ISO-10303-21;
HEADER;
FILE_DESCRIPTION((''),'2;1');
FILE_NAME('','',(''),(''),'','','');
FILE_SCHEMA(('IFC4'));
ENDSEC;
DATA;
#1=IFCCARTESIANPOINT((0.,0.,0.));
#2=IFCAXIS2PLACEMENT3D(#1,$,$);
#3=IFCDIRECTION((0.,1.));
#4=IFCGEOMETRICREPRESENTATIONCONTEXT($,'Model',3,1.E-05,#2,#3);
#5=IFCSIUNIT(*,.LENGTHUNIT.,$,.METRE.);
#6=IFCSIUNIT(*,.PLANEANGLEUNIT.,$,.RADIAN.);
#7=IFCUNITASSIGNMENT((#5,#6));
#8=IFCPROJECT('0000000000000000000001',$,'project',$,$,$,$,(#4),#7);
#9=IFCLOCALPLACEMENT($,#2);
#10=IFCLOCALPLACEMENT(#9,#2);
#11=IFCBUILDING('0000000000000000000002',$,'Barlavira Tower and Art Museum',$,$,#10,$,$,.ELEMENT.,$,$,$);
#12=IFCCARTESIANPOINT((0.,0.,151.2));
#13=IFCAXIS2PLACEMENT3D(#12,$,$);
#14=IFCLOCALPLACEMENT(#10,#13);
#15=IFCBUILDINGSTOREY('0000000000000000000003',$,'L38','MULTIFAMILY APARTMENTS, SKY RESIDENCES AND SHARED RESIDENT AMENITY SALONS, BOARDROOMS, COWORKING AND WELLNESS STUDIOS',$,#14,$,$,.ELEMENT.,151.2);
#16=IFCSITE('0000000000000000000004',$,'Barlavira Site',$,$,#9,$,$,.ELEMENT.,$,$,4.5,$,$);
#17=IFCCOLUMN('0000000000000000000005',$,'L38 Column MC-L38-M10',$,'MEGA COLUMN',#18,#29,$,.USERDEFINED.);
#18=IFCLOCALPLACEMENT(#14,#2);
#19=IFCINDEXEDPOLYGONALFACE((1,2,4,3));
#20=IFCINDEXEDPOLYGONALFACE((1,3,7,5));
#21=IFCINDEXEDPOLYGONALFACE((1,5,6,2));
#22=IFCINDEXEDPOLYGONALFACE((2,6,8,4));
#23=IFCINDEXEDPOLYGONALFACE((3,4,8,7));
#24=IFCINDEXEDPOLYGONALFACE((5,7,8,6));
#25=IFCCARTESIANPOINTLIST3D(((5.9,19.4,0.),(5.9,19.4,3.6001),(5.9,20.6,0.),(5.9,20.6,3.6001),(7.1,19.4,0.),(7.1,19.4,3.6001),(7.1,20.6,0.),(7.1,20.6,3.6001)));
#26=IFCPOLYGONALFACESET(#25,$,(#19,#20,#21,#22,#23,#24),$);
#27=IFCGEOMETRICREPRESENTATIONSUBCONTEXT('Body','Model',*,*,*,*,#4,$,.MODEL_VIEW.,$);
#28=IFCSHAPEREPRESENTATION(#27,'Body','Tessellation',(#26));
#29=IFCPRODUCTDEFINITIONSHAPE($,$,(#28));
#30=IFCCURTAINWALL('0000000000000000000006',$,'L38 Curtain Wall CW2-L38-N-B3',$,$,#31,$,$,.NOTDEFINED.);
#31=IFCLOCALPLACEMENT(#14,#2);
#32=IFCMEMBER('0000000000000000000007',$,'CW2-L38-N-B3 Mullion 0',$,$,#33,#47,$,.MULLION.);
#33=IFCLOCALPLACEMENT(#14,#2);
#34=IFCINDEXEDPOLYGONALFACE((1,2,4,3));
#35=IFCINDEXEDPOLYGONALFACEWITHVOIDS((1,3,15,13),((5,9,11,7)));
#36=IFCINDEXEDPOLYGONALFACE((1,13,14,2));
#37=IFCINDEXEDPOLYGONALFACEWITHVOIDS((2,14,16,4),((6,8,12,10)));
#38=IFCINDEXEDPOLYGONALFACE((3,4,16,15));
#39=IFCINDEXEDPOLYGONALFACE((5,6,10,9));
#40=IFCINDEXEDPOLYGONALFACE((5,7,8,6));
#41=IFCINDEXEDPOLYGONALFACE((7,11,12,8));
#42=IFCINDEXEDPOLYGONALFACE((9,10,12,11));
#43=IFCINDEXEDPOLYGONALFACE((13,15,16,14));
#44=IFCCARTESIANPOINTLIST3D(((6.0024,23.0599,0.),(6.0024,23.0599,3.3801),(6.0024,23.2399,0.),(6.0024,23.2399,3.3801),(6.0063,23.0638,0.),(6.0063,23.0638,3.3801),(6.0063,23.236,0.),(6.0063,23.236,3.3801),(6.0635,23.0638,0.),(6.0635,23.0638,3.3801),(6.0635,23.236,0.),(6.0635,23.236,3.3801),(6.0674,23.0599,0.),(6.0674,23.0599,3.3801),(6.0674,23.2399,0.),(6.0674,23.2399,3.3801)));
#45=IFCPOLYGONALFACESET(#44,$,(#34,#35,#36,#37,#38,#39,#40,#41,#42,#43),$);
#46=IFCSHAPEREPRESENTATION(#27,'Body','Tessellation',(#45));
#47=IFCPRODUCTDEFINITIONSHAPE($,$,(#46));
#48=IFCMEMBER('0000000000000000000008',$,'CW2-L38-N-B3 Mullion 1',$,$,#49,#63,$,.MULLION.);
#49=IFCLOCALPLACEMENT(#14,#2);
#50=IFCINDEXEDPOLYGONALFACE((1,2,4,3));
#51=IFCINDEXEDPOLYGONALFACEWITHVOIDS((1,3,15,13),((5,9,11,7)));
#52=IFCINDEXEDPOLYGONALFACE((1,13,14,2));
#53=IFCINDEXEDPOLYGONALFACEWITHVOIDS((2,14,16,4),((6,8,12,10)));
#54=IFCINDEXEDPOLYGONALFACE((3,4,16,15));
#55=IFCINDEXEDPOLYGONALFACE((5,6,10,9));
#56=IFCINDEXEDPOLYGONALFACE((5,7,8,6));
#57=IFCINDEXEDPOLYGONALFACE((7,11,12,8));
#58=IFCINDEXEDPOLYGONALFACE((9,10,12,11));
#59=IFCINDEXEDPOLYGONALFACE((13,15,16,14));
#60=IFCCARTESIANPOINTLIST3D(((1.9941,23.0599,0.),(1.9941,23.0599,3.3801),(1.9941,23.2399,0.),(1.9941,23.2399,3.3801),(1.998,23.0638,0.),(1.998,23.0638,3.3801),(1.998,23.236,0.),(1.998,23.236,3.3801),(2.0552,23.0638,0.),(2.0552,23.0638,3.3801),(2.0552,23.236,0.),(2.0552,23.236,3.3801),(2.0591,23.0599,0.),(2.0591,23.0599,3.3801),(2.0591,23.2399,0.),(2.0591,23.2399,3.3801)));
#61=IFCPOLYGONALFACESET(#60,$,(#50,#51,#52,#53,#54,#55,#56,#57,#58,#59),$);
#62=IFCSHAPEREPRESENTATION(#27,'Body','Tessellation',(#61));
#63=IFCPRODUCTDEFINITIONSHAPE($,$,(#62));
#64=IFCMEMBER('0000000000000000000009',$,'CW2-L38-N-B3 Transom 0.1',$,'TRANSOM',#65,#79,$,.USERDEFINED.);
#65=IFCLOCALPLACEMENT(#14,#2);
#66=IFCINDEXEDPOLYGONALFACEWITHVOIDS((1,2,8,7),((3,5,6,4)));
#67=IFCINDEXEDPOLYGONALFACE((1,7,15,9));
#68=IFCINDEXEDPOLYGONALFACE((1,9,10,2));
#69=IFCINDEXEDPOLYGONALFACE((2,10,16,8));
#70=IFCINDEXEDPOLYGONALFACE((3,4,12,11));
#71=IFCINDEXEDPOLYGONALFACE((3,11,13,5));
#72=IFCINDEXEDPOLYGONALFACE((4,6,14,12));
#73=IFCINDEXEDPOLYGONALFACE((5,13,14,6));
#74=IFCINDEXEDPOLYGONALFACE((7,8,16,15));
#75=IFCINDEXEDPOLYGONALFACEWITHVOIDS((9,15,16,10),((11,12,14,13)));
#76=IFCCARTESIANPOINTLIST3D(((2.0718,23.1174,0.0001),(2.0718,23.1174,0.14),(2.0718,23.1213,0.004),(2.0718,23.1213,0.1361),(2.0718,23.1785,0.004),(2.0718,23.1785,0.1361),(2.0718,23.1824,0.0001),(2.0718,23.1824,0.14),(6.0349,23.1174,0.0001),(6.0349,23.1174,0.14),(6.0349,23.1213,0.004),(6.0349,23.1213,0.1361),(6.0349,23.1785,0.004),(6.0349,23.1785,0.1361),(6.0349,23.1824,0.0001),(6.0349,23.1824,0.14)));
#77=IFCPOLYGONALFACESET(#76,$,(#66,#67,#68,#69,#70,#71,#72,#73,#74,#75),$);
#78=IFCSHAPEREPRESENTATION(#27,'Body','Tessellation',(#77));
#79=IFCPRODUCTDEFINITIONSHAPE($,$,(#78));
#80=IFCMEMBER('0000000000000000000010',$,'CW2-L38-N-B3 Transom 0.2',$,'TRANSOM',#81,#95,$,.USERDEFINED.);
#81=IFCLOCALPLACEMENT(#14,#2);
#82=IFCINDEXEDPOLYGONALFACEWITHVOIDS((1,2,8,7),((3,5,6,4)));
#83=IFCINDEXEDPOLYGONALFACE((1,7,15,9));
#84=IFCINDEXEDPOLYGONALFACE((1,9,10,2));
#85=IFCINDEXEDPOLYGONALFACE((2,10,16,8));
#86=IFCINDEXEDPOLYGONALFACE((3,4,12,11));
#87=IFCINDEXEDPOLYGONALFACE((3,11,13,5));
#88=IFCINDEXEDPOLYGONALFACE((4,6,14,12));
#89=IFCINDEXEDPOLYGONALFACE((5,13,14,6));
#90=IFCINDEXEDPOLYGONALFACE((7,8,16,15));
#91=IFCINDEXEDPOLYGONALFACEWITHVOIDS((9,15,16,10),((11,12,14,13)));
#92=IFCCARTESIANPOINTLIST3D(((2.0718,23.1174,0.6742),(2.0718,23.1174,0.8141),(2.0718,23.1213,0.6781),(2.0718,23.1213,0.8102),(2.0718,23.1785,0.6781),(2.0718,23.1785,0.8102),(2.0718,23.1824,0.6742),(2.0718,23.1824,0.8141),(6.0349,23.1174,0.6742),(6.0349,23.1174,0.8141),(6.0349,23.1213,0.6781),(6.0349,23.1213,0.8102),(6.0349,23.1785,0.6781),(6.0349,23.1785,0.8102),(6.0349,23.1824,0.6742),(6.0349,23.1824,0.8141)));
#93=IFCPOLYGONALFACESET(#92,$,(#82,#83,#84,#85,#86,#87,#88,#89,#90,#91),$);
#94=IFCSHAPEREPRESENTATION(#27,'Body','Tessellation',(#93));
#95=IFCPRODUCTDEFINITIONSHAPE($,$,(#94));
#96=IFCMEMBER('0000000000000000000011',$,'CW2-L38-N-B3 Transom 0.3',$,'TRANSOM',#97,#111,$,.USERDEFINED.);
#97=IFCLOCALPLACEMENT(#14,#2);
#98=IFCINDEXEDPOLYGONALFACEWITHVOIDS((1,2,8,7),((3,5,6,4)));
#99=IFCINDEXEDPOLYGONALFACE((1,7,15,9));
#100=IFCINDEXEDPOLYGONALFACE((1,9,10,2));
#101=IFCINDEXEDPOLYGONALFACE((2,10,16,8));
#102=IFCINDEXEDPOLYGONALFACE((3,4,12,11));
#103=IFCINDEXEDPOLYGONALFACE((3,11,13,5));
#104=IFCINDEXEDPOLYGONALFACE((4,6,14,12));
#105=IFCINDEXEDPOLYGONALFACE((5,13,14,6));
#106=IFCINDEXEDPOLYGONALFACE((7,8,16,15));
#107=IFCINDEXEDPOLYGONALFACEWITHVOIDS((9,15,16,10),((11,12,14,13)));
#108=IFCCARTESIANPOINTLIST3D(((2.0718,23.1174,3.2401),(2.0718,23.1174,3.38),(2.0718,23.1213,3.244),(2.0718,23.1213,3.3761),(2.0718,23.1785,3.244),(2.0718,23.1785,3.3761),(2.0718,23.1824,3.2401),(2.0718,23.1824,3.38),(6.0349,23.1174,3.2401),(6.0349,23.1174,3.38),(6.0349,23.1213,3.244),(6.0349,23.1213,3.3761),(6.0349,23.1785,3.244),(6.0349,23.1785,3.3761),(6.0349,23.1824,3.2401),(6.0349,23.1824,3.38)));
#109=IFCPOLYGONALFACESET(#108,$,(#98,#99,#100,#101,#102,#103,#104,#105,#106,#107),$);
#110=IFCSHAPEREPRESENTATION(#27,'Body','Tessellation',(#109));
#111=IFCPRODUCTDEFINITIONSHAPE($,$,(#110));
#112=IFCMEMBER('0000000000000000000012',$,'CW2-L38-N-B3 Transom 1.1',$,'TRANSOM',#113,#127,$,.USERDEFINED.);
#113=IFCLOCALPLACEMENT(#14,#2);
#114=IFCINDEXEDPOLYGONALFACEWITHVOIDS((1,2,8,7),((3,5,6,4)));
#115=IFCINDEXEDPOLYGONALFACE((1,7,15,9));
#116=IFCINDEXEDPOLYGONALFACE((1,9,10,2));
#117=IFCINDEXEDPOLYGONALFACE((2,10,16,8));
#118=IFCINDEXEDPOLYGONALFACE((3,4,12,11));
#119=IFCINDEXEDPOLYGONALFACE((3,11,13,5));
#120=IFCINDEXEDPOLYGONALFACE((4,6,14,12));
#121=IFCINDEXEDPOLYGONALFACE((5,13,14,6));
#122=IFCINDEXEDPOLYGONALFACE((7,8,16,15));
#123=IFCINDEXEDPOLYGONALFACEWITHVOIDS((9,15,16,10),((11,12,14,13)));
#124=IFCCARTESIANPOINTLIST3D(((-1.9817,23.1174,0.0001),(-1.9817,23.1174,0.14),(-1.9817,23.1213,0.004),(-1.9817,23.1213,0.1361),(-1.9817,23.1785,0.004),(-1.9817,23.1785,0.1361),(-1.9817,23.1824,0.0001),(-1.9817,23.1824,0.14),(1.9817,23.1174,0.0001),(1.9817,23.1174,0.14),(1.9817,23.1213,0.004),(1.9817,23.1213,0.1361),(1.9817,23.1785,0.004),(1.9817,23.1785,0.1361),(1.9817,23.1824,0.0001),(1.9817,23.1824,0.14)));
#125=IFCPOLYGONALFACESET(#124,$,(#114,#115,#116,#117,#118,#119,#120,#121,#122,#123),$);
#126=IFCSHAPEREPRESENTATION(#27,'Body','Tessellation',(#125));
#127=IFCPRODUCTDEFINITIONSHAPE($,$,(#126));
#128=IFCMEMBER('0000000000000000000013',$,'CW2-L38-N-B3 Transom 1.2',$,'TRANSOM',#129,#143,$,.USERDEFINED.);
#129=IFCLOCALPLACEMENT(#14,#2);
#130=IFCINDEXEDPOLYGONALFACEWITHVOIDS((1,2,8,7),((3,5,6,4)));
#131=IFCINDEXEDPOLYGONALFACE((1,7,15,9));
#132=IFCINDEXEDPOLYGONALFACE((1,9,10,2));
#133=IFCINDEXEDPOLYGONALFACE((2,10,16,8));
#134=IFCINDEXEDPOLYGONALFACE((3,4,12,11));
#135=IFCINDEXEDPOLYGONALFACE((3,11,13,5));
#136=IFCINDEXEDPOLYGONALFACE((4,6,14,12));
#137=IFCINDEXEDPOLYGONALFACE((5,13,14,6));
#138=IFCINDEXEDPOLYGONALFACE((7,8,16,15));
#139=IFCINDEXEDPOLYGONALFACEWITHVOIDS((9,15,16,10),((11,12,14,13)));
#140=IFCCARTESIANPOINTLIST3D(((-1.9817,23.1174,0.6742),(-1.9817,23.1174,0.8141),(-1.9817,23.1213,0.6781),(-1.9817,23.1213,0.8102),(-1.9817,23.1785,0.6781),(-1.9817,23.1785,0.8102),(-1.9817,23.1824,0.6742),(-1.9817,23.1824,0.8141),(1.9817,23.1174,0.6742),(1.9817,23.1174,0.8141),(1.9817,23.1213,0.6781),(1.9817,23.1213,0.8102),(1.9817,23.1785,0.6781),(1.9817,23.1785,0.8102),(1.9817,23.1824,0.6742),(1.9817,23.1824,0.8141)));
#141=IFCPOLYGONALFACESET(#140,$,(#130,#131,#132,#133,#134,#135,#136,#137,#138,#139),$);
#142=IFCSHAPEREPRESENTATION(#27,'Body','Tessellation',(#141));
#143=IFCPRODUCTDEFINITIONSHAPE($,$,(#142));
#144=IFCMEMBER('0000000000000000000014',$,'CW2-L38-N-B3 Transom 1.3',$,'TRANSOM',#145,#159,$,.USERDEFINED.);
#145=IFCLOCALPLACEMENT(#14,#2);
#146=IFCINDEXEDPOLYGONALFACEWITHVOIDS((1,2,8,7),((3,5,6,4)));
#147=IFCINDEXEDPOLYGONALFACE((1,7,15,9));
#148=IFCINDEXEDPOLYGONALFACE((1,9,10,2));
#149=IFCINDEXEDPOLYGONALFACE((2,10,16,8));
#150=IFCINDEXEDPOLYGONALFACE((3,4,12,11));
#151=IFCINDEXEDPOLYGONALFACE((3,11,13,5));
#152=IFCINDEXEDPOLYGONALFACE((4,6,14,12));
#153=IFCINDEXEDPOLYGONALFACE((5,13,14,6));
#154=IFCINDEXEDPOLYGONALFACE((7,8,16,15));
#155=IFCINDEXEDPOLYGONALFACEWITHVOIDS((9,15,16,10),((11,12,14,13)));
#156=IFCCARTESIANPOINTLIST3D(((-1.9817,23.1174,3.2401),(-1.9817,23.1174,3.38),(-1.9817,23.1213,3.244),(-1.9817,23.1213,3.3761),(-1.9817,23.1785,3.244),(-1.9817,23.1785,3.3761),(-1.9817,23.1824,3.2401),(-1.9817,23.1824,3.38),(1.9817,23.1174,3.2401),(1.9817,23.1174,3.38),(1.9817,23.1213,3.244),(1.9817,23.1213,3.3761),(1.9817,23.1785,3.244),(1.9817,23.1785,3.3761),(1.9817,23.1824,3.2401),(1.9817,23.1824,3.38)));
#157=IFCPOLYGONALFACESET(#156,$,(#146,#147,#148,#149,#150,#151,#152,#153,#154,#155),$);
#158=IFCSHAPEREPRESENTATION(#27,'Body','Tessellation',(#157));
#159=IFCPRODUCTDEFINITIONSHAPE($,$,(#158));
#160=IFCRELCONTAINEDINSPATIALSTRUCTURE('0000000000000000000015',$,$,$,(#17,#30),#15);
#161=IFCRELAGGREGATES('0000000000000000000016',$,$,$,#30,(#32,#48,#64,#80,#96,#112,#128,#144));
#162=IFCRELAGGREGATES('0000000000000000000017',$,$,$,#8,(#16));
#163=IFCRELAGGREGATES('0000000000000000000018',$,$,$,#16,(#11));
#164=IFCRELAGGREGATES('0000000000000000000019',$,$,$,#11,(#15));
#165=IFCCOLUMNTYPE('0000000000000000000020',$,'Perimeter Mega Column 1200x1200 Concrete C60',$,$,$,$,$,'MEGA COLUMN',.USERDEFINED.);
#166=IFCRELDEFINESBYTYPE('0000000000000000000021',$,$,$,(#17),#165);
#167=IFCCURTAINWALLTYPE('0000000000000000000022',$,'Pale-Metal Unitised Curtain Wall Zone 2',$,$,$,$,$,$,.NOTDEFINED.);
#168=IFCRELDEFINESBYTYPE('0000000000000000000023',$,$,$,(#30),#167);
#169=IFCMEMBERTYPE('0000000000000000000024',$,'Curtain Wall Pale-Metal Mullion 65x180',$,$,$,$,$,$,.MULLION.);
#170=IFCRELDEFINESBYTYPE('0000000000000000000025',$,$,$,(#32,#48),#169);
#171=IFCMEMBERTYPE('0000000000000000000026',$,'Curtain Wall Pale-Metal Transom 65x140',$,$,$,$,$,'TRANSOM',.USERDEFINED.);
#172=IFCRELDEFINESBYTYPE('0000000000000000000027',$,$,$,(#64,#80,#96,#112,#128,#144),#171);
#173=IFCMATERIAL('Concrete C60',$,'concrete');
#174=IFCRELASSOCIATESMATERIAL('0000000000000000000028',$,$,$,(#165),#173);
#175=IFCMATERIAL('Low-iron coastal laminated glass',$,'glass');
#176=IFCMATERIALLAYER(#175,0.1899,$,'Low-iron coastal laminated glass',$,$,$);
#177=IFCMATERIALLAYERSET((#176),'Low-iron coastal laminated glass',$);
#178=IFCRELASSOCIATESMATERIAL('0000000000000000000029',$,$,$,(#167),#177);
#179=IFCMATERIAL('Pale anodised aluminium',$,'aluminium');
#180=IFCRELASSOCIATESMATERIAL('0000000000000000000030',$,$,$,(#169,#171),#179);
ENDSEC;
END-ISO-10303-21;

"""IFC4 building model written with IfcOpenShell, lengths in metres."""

from ifc_helpers import new_model, si_unit, direction, frame, origin, origin_2d, place, context, subcontext, project, spatial, rectangle, hollow_rectangle, extrude, material, layer, layer_set, material_profile, profile_set, type_object, element, aggregate, save


model = new_model("IFC4")

# Units and contexts
model_context = context("Model", 3, precision=1e-05, world=origin(), true_north=direction((0.0, 1.0)))
body_context = subcontext(model_context, "Body", "Model", "MODEL_VIEW")
ifc_project = project(units=[si_unit("LENGTHUNIT", "METRE"), si_unit("PLANEANGLEUNIT", "RADIAN")], contexts=[model_context])

# Site, building, storey
site_placement = place(None, origin())
site = spatial("IfcSite", under=ifc_project, at=site_placement, Name="Barlavira Site", CompositionType="ELEMENT", RefElevation=4.5)
building_placement = place(site_placement, origin())
building = spatial("IfcBuilding", under=site, at=building_placement, Name="Barlavira Tower and Art Museum", CompositionType="ELEMENT")
storey_placement = place(building_placement, frame((0.0, 0.0, 151.2)))
storey = spatial("IfcBuildingStorey", under=building, at=storey_placement, Name="L38", Description="MULTIFAMILY APARTMENTS, SKY RESIDENCES AND SHARED RESIDENT AMENITY SALONS, BOARDROOMS, COWORKING AND WELLNESS STUDIOS", CompositionType="ELEMENT", Elevation=151.2)

# Column
ifc_material_1 = material(Name="Concrete C60", Category="concrete")
ifc_material_profile_1 = material_profile(ifc_material_1, rectangle(XDim=1.2, YDim=1.2, at=origin_2d()), Name="RC-COL 1200x1200")
ifc_profile_set_1 = profile_set([ifc_material_profile_1], Name="Concrete C60")
column_type = type_object("IfcColumnType", Name="Perimeter Mega Column 1200x1200 Concrete C60", ElementType="MEGA COLUMN", PredefinedType="USERDEFINED", material=ifc_profile_set_1)
column_placement = place(storey_placement, frame((6.5, 20.0, 0.0), z_axis=(0.0, 0.0, 1.0), x_axis=(1.0, 0.0, 0.0)))
element("IfcColumn", 1, at=column_placement, inside=storey, type_object=column_type, Name="L38 Column MC-L38-M10", ObjectType="MEGA COLUMN", PredefinedType="USERDEFINED", context=body_context, shape_type="SweptSolid", body=[
    extrude(rectangle(XDim=1.2, YDim=1.2, at=origin_2d()), origin(), (0.0, 0.0, 1.0), 3.6001),
])

# Curtain wall, members
ifc_material_2 = material(Name="Low-iron coastal laminated glass", Category="glass")
ifc_layer_1 = layer(ifc_material_2, 0.1899, Name="Low-iron coastal laminated glass")
ifc_layer_set_1 = layer_set([ifc_layer_1], Name="Low-iron coastal laminated glass")
curtain_wall_type = type_object("IfcCurtainWallType", Name="Pale-Metal Unitised Curtain Wall Zone 2", PredefinedType="NOTDEFINED", material=ifc_layer_set_1)
curtain_wall_placement = place(storey_placement, origin())
curtain_wall = element("IfcCurtainWall", 2, at=curtain_wall_placement, inside=storey, type_object=curtain_wall_type, Name="L38 Curtain Wall CW2-L38-N-B3", PredefinedType="NOTDEFINED")
ifc_material_3 = material(Name="Pale anodised aluminium", Category="aluminium")
ifc_material_profile_2 = material_profile(ifc_material_3, hollow_rectangle(XDim=0.0649, YDim=0.1799, WallThickness=0.0039, at=origin_2d()), Name="ALU-MULL 65x180x4")
ifc_profile_set_2 = profile_set([ifc_material_profile_2], Name="Pale anodised aluminium")
member_type_1 = type_object("IfcMemberType", Name="Curtain Wall Pale-Metal Mullion 65x180", PredefinedType="MULLION", material=ifc_profile_set_2)
member_1_placement = place(storey_placement, frame((6.0349, 23.1499, 0.0), z_axis=(0.0, 0.0, 1.0), x_axis=(-1.0, 0.0, 0.0)))
member_1 = element("IfcMember", 3, at=member_1_placement, type_object=member_type_1, Name="CW2-L38-N-B3 Mullion 0", PredefinedType="MULLION", context=body_context, shape_type="SweptSolid", body=[
    extrude(hollow_rectangle(XDim=0.0649, YDim=0.1799, WallThickness=0.0039, at=origin_2d()), origin(), (0.0, 0.0, 1.0), 3.3801),
])
member_2_placement = place(storey_placement, frame((2.0266, 23.1499, 0.0), z_axis=(0.0, 0.0, 1.0), x_axis=(-1.0, 0.0, 0.0)))
member_2 = element("IfcMember", 4, at=member_2_placement, type_object=member_type_1, Name="CW2-L38-N-B3 Mullion 1", PredefinedType="MULLION", context=body_context, shape_type="SweptSolid", body=[
    extrude(hollow_rectangle(XDim=0.0649, YDim=0.1799, WallThickness=0.0039, at=origin_2d()), origin(), (0.0, 0.0, 1.0), 3.3801),
])
ifc_material_profile_3 = material_profile(ifc_material_3, hollow_rectangle(XDim=0.0649, YDim=0.1399, WallThickness=0.0039, at=origin_2d()), Name="ALU-TRAN 65x140x4")
ifc_profile_set_3 = profile_set([ifc_material_profile_3], Name="Pale anodised aluminium")
member_type_2 = type_object("IfcMemberType", Name="Curtain Wall Pale-Metal Transom 65x140", ElementType="TRANSOM", PredefinedType="USERDEFINED", material=ifc_profile_set_3)
member_3_placement = place(storey_placement, frame((6.0349, 23.1499, 0.0701), z_axis=(-1.0, 0.0, 0.0), x_axis=(0.0, -1.0, 0.0)))
member_3 = element("IfcMember", 5, at=member_3_placement, type_object=member_type_2, Name="CW2-L38-N-B3 Transom 0.1", ObjectType="TRANSOM", PredefinedType="USERDEFINED", context=body_context, shape_type="SweptSolid", body=[
    extrude(hollow_rectangle(XDim=0.0649, YDim=0.1399, WallThickness=0.0039, at=origin_2d()), origin(), (0.0, 0.0, 1.0), 3.9631),
])
member_4_placement = place(storey_placement, frame((6.0349, 23.1499, 0.7441), z_axis=(-1.0, 0.0, 0.0), x_axis=(0.0, -1.0, 0.0)))
member_4 = element("IfcMember", 6, at=member_4_placement, type_object=member_type_2, Name="CW2-L38-N-B3 Transom 0.2", ObjectType="TRANSOM", PredefinedType="USERDEFINED", context=body_context, shape_type="SweptSolid", body=[
    extrude(hollow_rectangle(XDim=0.0649, YDim=0.1399, WallThickness=0.0039, at=origin_2d()), origin(), (0.0, 0.0, 1.0), 3.9631),
])
member_5_placement = place(storey_placement, frame((6.0349, 23.1499, 3.3101), z_axis=(-1.0, 0.0, 0.0), x_axis=(0.0, -1.0, 0.0)))
member_5 = element("IfcMember", 7, at=member_5_placement, type_object=member_type_2, Name="CW2-L38-N-B3 Transom 0.3", ObjectType="TRANSOM", PredefinedType="USERDEFINED", context=body_context, shape_type="SweptSolid", body=[
    extrude(hollow_rectangle(XDim=0.0649, YDim=0.1399, WallThickness=0.0039, at=origin_2d()), origin(), (0.0, 0.0, 1.0), 3.9631),
])
member_6_placement = place(storey_placement, frame((1.9817, 23.1499, 0.0701), z_axis=(-1.0, 0.0, 0.0), x_axis=(0.0, -1.0, 0.0)))
member_6 = element("IfcMember", 8, at=member_6_placement, type_object=member_type_2, Name="CW2-L38-N-B3 Transom 1.1", ObjectType="TRANSOM", PredefinedType="USERDEFINED", context=body_context, shape_type="SweptSolid", body=[
    extrude(hollow_rectangle(XDim=0.0649, YDim=0.1399, WallThickness=0.0039, at=origin_2d()), origin(), (0.0, 0.0, 1.0), 3.9634),
])
member_7_placement = place(storey_placement, frame((1.9817, 23.1499, 0.7441), z_axis=(-1.0, 0.0, 0.0), x_axis=(0.0, -1.0, 0.0)))
member_7 = element("IfcMember", 9, at=member_7_placement, type_object=member_type_2, Name="CW2-L38-N-B3 Transom 1.2", ObjectType="TRANSOM", PredefinedType="USERDEFINED", context=body_context, shape_type="SweptSolid", body=[
    extrude(hollow_rectangle(XDim=0.0649, YDim=0.1399, WallThickness=0.0039, at=origin_2d()), origin(), (0.0, 0.0, 1.0), 3.9634),
])
member_8_placement = place(storey_placement, frame((1.9817, 23.1499, 3.3101), z_axis=(-1.0, 0.0, 0.0), x_axis=(0.0, -1.0, 0.0)))
member_8 = element("IfcMember", 10, at=member_8_placement, type_object=member_type_2, Name="CW2-L38-N-B3 Transom 1.3", ObjectType="TRANSOM", PredefinedType="USERDEFINED", context=body_context, shape_type="SweptSolid", body=[
    extrude(hollow_rectangle(XDim=0.0649, YDim=0.1399, WallThickness=0.0039, at=origin_2d()), origin(), (0.0, 0.0, 1.0), 3.9634),
])

aggregate(curtain_wall, [member_1, member_2, member_3, member_4, member_5, member_6, member_7, member_8])

save(model, "model.ifc")
